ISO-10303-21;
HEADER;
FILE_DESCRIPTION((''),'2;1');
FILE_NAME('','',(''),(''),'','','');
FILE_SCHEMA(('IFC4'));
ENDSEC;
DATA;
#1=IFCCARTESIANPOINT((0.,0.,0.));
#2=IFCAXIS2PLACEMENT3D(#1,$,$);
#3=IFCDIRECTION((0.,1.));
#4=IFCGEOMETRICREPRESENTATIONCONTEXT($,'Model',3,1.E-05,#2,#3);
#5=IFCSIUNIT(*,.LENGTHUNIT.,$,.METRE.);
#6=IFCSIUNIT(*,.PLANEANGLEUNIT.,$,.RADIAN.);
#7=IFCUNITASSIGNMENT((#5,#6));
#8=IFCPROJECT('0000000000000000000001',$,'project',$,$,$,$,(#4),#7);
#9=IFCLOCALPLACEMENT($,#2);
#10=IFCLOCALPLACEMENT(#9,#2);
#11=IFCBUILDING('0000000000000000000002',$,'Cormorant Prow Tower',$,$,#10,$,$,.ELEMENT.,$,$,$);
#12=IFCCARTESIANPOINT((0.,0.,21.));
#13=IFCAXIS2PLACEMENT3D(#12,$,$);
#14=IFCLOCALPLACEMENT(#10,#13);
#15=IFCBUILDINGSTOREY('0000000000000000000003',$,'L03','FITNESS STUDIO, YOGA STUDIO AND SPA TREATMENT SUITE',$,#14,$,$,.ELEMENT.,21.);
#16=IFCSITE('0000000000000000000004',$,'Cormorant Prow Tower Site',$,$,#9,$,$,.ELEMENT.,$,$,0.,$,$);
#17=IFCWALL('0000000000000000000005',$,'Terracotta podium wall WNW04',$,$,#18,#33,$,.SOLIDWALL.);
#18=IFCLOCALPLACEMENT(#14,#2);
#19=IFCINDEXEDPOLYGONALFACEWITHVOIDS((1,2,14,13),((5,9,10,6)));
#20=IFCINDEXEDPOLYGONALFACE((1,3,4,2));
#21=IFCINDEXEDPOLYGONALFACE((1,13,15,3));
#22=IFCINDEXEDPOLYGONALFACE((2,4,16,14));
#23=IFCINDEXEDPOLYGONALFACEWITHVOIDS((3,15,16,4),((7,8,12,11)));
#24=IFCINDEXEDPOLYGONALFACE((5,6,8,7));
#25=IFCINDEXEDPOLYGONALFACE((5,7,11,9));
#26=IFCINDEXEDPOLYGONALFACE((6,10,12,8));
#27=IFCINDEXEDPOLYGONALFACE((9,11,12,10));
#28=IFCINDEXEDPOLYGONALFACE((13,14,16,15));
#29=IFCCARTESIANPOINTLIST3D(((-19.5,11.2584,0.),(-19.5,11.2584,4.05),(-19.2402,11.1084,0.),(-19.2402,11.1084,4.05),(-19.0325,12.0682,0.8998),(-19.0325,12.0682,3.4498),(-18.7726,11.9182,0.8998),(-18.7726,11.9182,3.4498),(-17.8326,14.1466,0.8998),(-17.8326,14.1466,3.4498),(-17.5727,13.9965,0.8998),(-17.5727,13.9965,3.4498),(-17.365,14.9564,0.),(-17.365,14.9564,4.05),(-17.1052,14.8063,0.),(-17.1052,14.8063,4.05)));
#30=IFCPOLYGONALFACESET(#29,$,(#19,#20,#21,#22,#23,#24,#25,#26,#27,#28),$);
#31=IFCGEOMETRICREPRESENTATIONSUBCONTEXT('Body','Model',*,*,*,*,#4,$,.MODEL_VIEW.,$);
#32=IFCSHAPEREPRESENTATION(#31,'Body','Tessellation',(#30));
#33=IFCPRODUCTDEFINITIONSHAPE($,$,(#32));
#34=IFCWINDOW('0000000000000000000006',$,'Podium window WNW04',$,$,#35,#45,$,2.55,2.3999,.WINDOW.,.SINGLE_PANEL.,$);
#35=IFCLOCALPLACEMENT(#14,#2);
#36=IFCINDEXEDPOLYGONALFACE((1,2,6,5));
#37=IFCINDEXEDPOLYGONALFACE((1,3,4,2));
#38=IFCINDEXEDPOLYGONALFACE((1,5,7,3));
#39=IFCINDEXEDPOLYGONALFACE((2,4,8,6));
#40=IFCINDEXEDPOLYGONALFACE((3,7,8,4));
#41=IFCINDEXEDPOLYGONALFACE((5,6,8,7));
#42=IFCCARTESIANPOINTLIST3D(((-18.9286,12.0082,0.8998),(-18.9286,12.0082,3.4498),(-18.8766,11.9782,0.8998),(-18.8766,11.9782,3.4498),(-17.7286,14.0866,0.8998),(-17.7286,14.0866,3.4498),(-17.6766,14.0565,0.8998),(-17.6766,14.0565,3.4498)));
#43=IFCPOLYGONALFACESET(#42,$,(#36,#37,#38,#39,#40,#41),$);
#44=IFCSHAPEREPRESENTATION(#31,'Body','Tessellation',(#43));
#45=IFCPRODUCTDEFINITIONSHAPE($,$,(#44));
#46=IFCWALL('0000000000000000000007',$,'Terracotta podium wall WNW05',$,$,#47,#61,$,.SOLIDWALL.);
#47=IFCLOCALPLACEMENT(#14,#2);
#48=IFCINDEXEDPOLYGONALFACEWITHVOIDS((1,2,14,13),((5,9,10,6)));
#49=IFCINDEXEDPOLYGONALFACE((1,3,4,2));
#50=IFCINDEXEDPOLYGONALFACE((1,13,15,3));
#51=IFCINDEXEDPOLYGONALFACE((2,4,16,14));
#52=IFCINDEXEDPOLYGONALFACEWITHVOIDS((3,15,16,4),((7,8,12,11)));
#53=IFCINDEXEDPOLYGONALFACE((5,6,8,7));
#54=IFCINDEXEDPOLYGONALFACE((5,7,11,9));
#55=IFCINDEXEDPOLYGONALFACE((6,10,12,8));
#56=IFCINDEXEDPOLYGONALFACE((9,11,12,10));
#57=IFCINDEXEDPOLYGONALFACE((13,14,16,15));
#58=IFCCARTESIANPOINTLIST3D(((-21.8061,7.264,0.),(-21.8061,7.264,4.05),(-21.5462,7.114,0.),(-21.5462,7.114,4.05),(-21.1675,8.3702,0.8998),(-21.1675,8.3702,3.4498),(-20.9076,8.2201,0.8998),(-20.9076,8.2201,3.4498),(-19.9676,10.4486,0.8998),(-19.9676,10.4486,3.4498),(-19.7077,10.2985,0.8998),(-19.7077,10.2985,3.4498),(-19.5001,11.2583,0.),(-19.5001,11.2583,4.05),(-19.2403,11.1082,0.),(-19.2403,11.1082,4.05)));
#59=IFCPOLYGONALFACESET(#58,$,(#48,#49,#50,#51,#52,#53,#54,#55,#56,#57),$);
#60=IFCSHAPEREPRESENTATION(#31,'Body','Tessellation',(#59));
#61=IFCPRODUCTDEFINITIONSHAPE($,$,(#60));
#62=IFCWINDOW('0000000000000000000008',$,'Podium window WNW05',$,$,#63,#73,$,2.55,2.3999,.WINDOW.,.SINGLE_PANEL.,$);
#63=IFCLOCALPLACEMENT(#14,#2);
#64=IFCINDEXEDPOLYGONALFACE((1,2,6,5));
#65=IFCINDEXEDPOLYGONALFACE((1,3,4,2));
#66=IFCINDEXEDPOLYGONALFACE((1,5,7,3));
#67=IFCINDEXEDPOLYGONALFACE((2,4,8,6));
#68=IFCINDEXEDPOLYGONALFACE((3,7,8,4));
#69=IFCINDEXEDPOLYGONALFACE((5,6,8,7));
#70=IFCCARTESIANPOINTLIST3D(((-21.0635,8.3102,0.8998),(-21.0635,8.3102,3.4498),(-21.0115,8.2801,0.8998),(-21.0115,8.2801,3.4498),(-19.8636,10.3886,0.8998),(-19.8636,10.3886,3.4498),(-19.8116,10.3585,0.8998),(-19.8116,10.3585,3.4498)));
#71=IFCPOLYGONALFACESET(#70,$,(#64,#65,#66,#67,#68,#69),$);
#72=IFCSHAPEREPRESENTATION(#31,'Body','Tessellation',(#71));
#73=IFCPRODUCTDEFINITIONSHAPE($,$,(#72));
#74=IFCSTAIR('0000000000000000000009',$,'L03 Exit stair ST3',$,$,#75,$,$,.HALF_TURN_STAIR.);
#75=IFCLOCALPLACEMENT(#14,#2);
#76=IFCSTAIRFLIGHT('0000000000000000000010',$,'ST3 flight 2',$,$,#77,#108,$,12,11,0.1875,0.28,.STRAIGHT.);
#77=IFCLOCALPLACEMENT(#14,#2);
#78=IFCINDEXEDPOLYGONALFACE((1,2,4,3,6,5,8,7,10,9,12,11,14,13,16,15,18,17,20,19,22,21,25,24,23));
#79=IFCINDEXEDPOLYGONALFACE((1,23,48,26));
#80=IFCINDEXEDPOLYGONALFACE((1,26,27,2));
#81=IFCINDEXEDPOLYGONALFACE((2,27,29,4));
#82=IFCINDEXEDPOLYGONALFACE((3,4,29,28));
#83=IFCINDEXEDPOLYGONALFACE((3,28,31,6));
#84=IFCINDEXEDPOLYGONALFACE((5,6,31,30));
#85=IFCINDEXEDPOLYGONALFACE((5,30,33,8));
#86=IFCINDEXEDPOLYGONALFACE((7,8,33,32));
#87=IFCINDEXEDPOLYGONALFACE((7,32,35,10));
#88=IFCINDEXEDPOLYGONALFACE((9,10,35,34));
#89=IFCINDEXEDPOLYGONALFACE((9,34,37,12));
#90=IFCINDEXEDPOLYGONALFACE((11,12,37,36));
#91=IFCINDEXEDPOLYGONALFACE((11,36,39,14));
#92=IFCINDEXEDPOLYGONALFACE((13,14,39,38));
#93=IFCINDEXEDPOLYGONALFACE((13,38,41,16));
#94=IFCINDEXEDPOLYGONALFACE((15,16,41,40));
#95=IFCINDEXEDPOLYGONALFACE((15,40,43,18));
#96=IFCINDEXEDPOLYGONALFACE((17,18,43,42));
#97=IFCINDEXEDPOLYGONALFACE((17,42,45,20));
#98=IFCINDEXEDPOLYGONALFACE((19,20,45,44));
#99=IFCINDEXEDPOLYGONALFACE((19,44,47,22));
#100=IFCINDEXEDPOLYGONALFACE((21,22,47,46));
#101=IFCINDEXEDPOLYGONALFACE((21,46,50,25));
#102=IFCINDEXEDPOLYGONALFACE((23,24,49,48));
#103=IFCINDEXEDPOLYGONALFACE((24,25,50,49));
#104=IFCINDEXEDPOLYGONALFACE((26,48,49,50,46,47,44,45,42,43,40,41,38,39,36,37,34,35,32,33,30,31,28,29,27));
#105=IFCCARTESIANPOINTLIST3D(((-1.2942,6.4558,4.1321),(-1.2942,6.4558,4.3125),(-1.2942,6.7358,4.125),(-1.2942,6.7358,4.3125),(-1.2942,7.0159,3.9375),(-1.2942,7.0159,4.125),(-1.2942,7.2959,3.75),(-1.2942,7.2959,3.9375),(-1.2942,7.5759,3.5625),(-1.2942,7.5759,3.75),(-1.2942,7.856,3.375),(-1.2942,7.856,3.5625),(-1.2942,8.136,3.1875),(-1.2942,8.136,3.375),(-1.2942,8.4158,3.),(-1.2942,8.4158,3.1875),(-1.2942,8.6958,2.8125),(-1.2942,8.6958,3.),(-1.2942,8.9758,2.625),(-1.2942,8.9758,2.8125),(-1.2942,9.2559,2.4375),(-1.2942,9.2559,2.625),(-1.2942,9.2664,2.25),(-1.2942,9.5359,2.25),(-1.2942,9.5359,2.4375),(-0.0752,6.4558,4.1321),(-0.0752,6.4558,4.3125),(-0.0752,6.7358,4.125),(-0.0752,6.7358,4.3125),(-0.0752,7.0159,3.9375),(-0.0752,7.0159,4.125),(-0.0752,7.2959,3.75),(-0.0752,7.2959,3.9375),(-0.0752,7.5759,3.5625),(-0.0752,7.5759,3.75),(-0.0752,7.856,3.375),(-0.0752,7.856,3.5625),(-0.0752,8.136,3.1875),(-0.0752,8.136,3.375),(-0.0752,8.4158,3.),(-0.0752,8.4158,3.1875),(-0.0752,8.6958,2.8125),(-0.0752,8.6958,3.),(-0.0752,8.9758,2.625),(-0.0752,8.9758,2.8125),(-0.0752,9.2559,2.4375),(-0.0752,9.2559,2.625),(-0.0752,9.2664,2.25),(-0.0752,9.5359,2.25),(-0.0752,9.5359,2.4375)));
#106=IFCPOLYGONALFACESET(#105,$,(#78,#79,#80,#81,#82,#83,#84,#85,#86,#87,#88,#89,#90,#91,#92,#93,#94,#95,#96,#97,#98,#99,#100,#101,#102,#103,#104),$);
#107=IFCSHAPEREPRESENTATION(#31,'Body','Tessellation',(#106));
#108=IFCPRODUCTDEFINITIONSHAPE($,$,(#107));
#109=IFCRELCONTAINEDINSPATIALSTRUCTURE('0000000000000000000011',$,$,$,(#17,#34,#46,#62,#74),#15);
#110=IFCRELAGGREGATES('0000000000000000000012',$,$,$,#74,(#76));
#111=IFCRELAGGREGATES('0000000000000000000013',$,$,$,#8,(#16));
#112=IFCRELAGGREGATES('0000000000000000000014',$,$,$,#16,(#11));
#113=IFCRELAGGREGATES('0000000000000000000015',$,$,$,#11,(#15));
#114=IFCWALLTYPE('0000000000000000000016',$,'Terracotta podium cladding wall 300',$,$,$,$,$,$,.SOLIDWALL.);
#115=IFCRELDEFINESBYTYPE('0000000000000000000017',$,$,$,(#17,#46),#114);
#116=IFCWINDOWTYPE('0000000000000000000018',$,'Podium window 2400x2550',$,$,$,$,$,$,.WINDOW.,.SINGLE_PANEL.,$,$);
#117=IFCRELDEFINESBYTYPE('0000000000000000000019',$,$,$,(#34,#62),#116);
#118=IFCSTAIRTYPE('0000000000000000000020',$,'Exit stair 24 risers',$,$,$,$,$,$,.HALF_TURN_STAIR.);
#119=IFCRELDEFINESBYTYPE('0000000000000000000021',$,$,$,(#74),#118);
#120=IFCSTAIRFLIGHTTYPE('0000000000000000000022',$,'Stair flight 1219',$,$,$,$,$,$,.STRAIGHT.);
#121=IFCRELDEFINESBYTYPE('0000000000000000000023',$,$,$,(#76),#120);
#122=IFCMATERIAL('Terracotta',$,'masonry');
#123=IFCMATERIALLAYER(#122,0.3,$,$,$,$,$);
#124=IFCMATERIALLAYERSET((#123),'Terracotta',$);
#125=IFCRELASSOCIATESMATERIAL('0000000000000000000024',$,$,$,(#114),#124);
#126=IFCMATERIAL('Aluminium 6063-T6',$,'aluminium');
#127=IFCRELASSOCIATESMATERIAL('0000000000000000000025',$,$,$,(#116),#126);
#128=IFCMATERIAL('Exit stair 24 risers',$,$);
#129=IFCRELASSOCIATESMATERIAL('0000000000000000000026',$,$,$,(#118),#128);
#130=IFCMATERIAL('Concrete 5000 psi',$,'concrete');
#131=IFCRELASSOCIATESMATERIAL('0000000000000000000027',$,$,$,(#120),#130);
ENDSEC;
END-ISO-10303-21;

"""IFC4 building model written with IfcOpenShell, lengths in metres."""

from ifc_helpers import new_model, si_unit, direction, frame, frame_2d, origin, place, context, subcontext, project, spatial, polyline, rectangle, outline, extrude, material, layer, layer_set, type_object, element, fill, aggregate, save


model = new_model("IFC4")

# Units and contexts
model_context = context("Model", 3, precision=1e-05, world=origin(), true_north=direction((0.0, 1.0)))
body_context = subcontext(model_context, "Body", "Model", "MODEL_VIEW")
ifc_project = project(units=[si_unit("LENGTHUNIT", "METRE"), si_unit("PLANEANGLEUNIT", "RADIAN")], contexts=[model_context])

# Site, building, storey
site_placement = place(None, origin())
site = spatial("IfcSite", under=ifc_project, at=site_placement, Name="Cormorant Prow Tower Site", CompositionType="ELEMENT", RefElevation=0.0)
building_placement = place(site_placement, origin())
building = spatial("IfcBuilding", under=site, at=building_placement, Name="Cormorant Prow Tower", CompositionType="ELEMENT")
storey_placement = place(building_placement, frame((0.0, 0.0, 21.0)))
storey = spatial("IfcBuildingStorey", under=building, at=storey_placement, Name="L03", Description="FITNESS STUDIO, YOGA STUDIO AND SPA TREATMENT SUITE", CompositionType="ELEMENT", Elevation=21.0)

# Walls, openings, windows
ifc_material_1 = material(Name="Terracotta", Category="masonry")
ifc_layer_1 = layer(ifc_material_1, 0.3)
ifc_layer_set_1 = layer_set([ifc_layer_1], Name="Terracotta")
wall_type_1 = type_object("IfcWallType", Name="Terracotta podium cladding wall 300", PredefinedType="SOLIDWALL", material=ifc_layer_set_1)
wall_1_placement = place(storey_placement, frame((-17.2351, 14.8813, 0.0), z_axis=(0.0, 0.0, 1.0), x_axis=(-0.499995, -0.866028, 0.0)))
wall_1 = element("IfcWall", 1, at=wall_1_placement, inside=storey, type_object=wall_type_1, Name="Terracotta podium wall WNW04", PredefinedType="SOLIDWALL", context=body_context, shape_type="SweptSolid", body=[
    extrude(rectangle(XDim=4.27, YDim=0.3, at=frame_2d((2.135, 0.0))), origin(), (0.0, 0.0, 1.0), 4.05),
])
opening_1_placement = place(wall_1_placement, frame((0.9351, 0.0, 0.8999)))
opening_1 = element("IfcOpeningElement", 2, at=opening_1_placement, cuts=wall_1, PredefinedType="OPENING", context=body_context, shape_type="SweptSolid", body=[
    extrude(rectangle(XDim=2.3999, YDim=2.55, at=frame_2d((1.2, 1.2749))), frame((0.0, 0.1599, 0.0), z_axis=(0.0, -1.0, 0.0), x_axis=(1.0, 0.0, 0.0)), (0.0, 0.0, 1.0), 0.3201),
])
ifc_material_2 = material(Name="Aluminium 6063-T6", Category="aluminium")
window_type = type_object("IfcWindowType", Name="Podium window 2400x2550", PartitioningType="SINGLE_PANEL", PredefinedType="WINDOW", material=ifc_material_2)
window_1_placement = place(opening_1_placement, origin())
window_1 = element("IfcWindow", 3, at=window_1_placement, inside=storey, type_object=window_type, Name="Podium window WNW04", OverallHeight=2.55, OverallWidth=2.3999, PartitioningType="SINGLE_PANEL", PredefinedType="WINDOW", context=body_context, shape_type="SweptSolid", body=[
    extrude(rectangle(XDim=2.3999, YDim=2.55, at=frame_2d((1.2, 1.2749))), frame((0.0, 0.03, 0.0), z_axis=(0.0, -1.0, 0.0), x_axis=(1.0, 0.0, 0.0)), (0.0, 0.0, 1.0), 0.0601),
])
fill(opening_1, window_1)
wall_2_placement = place(storey_placement, frame((-19.3701, 11.1833, 0.0), z_axis=(0.0, 0.0, 1.0), x_axis=(-0.499982, -0.866036, 0.0)))
wall_2 = element("IfcWall", 4, at=wall_2_placement, inside=storey, type_object=wall_type_1, Name="Terracotta podium wall WNW05", PredefinedType="SOLIDWALL", context=body_context, shape_type="SweptSolid", body=[
    extrude(rectangle(XDim=4.6121, YDim=0.3, at=frame_2d((2.3062, 0.0))), origin(), (0.0, 0.0, 1.0), 4.05),
])
opening_2_placement = place(wall_2_placement, frame((0.9351, 0.0, 0.8999)))
opening_2 = element("IfcOpeningElement", 5, at=opening_2_placement, cuts=wall_2, PredefinedType="OPENING", context=body_context, shape_type="SweptSolid", body=[
    extrude(rectangle(XDim=2.3999, YDim=2.55, at=frame_2d((1.2, 1.2749))), frame((0.0, 0.1599, 0.0), z_axis=(0.0, -1.0, 0.0), x_axis=(1.0, 0.0, 0.0)), (0.0, 0.0, 1.0), 0.3201),
])
window_2_placement = place(opening_2_placement, origin())
window_2 = element("IfcWindow", 6, at=window_2_placement, inside=storey, type_object=window_type, Name="Podium window WNW05", OverallHeight=2.55, OverallWidth=2.3999, PartitioningType="SINGLE_PANEL", PredefinedType="WINDOW", context=body_context, shape_type="SweptSolid", body=[
    extrude(rectangle(XDim=2.3999, YDim=2.55, at=frame_2d((1.2, 1.2749))), frame((0.0, 0.03, 0.0), z_axis=(0.0, -1.0, 0.0), x_axis=(1.0, 0.0, 0.0)), (0.0, 0.0, 1.0), 0.0601),
])
fill(opening_2, window_2)

# Stair, stair flight
ifc_material_3 = material(Name="Exit stair 24 risers")
stair_type = type_object("IfcStairType", Name="Exit stair 24 risers", PredefinedType="HALF_TURN_STAIR", material=ifc_material_3)
stair_placement = place(storey_placement, origin())
stair = element("IfcStair", 7, at=stair_placement, inside=storey, type_object=stair_type, Name="L03 Exit stair ST3", PredefinedType="HALF_TURN_STAIR")
ifc_material_4 = material(Name="Concrete 5000 psi", Category="concrete")
stair_flight_type = type_object("IfcStairFlightType", Name="Stair flight 1219", PredefinedType="STRAIGHT", material=ifc_material_4)
stair_flight_placement = place(storey_placement, frame((-0.6846, 9.5359, 2.25), z_axis=(0.0, 0.0, 1.0), x_axis=(0.0, -1.0, 0.0)))
stair_flight = element("IfcStairFlight", 8, at=stair_flight_placement, type_object=stair_flight_type, Name="ST3 flight 2", NumberOfRisers=12, NumberOfTreads=11, PredefinedType="STRAIGHT", RiserHeight=0.1875, TreadLength=0.28, context=body_context, shape_type="SweptSolid", body=[
    extrude(outline(polyline([(0.0, 0.0), (0.0, 0.1875), (0.28, 0.1875), (0.28, 0.375), (0.5601, 0.375), (0.5601, 0.5625), (0.8401, 0.5625), (0.8401, 0.75), (1.1201, 0.75), (1.1201, 0.9375), (1.3999, 0.9375), (1.3999, 1.125), (1.6799, 1.125), (1.6799, 1.3125), (1.96, 1.3125), (1.96, 1.5), (2.24, 1.5), (2.24, 1.6875), (2.52, 1.6875), (2.52, 1.875), (2.8, 1.875), (2.8, 2.0625), (3.0801, 2.0625), (3.0801, 2.25), (3.0801, 1.8821), (0.2695, 0.0), (0.0, 0.0)])), frame((0.0, 0.6094, 0.0), z_axis=(0.0, -1.0, 0.0), x_axis=(1.0, 0.0, 0.0)), (0.0, 0.0, 1.0), 1.219),
])
aggregate(stair, [stair_flight])

save(model, "model.ifc")
